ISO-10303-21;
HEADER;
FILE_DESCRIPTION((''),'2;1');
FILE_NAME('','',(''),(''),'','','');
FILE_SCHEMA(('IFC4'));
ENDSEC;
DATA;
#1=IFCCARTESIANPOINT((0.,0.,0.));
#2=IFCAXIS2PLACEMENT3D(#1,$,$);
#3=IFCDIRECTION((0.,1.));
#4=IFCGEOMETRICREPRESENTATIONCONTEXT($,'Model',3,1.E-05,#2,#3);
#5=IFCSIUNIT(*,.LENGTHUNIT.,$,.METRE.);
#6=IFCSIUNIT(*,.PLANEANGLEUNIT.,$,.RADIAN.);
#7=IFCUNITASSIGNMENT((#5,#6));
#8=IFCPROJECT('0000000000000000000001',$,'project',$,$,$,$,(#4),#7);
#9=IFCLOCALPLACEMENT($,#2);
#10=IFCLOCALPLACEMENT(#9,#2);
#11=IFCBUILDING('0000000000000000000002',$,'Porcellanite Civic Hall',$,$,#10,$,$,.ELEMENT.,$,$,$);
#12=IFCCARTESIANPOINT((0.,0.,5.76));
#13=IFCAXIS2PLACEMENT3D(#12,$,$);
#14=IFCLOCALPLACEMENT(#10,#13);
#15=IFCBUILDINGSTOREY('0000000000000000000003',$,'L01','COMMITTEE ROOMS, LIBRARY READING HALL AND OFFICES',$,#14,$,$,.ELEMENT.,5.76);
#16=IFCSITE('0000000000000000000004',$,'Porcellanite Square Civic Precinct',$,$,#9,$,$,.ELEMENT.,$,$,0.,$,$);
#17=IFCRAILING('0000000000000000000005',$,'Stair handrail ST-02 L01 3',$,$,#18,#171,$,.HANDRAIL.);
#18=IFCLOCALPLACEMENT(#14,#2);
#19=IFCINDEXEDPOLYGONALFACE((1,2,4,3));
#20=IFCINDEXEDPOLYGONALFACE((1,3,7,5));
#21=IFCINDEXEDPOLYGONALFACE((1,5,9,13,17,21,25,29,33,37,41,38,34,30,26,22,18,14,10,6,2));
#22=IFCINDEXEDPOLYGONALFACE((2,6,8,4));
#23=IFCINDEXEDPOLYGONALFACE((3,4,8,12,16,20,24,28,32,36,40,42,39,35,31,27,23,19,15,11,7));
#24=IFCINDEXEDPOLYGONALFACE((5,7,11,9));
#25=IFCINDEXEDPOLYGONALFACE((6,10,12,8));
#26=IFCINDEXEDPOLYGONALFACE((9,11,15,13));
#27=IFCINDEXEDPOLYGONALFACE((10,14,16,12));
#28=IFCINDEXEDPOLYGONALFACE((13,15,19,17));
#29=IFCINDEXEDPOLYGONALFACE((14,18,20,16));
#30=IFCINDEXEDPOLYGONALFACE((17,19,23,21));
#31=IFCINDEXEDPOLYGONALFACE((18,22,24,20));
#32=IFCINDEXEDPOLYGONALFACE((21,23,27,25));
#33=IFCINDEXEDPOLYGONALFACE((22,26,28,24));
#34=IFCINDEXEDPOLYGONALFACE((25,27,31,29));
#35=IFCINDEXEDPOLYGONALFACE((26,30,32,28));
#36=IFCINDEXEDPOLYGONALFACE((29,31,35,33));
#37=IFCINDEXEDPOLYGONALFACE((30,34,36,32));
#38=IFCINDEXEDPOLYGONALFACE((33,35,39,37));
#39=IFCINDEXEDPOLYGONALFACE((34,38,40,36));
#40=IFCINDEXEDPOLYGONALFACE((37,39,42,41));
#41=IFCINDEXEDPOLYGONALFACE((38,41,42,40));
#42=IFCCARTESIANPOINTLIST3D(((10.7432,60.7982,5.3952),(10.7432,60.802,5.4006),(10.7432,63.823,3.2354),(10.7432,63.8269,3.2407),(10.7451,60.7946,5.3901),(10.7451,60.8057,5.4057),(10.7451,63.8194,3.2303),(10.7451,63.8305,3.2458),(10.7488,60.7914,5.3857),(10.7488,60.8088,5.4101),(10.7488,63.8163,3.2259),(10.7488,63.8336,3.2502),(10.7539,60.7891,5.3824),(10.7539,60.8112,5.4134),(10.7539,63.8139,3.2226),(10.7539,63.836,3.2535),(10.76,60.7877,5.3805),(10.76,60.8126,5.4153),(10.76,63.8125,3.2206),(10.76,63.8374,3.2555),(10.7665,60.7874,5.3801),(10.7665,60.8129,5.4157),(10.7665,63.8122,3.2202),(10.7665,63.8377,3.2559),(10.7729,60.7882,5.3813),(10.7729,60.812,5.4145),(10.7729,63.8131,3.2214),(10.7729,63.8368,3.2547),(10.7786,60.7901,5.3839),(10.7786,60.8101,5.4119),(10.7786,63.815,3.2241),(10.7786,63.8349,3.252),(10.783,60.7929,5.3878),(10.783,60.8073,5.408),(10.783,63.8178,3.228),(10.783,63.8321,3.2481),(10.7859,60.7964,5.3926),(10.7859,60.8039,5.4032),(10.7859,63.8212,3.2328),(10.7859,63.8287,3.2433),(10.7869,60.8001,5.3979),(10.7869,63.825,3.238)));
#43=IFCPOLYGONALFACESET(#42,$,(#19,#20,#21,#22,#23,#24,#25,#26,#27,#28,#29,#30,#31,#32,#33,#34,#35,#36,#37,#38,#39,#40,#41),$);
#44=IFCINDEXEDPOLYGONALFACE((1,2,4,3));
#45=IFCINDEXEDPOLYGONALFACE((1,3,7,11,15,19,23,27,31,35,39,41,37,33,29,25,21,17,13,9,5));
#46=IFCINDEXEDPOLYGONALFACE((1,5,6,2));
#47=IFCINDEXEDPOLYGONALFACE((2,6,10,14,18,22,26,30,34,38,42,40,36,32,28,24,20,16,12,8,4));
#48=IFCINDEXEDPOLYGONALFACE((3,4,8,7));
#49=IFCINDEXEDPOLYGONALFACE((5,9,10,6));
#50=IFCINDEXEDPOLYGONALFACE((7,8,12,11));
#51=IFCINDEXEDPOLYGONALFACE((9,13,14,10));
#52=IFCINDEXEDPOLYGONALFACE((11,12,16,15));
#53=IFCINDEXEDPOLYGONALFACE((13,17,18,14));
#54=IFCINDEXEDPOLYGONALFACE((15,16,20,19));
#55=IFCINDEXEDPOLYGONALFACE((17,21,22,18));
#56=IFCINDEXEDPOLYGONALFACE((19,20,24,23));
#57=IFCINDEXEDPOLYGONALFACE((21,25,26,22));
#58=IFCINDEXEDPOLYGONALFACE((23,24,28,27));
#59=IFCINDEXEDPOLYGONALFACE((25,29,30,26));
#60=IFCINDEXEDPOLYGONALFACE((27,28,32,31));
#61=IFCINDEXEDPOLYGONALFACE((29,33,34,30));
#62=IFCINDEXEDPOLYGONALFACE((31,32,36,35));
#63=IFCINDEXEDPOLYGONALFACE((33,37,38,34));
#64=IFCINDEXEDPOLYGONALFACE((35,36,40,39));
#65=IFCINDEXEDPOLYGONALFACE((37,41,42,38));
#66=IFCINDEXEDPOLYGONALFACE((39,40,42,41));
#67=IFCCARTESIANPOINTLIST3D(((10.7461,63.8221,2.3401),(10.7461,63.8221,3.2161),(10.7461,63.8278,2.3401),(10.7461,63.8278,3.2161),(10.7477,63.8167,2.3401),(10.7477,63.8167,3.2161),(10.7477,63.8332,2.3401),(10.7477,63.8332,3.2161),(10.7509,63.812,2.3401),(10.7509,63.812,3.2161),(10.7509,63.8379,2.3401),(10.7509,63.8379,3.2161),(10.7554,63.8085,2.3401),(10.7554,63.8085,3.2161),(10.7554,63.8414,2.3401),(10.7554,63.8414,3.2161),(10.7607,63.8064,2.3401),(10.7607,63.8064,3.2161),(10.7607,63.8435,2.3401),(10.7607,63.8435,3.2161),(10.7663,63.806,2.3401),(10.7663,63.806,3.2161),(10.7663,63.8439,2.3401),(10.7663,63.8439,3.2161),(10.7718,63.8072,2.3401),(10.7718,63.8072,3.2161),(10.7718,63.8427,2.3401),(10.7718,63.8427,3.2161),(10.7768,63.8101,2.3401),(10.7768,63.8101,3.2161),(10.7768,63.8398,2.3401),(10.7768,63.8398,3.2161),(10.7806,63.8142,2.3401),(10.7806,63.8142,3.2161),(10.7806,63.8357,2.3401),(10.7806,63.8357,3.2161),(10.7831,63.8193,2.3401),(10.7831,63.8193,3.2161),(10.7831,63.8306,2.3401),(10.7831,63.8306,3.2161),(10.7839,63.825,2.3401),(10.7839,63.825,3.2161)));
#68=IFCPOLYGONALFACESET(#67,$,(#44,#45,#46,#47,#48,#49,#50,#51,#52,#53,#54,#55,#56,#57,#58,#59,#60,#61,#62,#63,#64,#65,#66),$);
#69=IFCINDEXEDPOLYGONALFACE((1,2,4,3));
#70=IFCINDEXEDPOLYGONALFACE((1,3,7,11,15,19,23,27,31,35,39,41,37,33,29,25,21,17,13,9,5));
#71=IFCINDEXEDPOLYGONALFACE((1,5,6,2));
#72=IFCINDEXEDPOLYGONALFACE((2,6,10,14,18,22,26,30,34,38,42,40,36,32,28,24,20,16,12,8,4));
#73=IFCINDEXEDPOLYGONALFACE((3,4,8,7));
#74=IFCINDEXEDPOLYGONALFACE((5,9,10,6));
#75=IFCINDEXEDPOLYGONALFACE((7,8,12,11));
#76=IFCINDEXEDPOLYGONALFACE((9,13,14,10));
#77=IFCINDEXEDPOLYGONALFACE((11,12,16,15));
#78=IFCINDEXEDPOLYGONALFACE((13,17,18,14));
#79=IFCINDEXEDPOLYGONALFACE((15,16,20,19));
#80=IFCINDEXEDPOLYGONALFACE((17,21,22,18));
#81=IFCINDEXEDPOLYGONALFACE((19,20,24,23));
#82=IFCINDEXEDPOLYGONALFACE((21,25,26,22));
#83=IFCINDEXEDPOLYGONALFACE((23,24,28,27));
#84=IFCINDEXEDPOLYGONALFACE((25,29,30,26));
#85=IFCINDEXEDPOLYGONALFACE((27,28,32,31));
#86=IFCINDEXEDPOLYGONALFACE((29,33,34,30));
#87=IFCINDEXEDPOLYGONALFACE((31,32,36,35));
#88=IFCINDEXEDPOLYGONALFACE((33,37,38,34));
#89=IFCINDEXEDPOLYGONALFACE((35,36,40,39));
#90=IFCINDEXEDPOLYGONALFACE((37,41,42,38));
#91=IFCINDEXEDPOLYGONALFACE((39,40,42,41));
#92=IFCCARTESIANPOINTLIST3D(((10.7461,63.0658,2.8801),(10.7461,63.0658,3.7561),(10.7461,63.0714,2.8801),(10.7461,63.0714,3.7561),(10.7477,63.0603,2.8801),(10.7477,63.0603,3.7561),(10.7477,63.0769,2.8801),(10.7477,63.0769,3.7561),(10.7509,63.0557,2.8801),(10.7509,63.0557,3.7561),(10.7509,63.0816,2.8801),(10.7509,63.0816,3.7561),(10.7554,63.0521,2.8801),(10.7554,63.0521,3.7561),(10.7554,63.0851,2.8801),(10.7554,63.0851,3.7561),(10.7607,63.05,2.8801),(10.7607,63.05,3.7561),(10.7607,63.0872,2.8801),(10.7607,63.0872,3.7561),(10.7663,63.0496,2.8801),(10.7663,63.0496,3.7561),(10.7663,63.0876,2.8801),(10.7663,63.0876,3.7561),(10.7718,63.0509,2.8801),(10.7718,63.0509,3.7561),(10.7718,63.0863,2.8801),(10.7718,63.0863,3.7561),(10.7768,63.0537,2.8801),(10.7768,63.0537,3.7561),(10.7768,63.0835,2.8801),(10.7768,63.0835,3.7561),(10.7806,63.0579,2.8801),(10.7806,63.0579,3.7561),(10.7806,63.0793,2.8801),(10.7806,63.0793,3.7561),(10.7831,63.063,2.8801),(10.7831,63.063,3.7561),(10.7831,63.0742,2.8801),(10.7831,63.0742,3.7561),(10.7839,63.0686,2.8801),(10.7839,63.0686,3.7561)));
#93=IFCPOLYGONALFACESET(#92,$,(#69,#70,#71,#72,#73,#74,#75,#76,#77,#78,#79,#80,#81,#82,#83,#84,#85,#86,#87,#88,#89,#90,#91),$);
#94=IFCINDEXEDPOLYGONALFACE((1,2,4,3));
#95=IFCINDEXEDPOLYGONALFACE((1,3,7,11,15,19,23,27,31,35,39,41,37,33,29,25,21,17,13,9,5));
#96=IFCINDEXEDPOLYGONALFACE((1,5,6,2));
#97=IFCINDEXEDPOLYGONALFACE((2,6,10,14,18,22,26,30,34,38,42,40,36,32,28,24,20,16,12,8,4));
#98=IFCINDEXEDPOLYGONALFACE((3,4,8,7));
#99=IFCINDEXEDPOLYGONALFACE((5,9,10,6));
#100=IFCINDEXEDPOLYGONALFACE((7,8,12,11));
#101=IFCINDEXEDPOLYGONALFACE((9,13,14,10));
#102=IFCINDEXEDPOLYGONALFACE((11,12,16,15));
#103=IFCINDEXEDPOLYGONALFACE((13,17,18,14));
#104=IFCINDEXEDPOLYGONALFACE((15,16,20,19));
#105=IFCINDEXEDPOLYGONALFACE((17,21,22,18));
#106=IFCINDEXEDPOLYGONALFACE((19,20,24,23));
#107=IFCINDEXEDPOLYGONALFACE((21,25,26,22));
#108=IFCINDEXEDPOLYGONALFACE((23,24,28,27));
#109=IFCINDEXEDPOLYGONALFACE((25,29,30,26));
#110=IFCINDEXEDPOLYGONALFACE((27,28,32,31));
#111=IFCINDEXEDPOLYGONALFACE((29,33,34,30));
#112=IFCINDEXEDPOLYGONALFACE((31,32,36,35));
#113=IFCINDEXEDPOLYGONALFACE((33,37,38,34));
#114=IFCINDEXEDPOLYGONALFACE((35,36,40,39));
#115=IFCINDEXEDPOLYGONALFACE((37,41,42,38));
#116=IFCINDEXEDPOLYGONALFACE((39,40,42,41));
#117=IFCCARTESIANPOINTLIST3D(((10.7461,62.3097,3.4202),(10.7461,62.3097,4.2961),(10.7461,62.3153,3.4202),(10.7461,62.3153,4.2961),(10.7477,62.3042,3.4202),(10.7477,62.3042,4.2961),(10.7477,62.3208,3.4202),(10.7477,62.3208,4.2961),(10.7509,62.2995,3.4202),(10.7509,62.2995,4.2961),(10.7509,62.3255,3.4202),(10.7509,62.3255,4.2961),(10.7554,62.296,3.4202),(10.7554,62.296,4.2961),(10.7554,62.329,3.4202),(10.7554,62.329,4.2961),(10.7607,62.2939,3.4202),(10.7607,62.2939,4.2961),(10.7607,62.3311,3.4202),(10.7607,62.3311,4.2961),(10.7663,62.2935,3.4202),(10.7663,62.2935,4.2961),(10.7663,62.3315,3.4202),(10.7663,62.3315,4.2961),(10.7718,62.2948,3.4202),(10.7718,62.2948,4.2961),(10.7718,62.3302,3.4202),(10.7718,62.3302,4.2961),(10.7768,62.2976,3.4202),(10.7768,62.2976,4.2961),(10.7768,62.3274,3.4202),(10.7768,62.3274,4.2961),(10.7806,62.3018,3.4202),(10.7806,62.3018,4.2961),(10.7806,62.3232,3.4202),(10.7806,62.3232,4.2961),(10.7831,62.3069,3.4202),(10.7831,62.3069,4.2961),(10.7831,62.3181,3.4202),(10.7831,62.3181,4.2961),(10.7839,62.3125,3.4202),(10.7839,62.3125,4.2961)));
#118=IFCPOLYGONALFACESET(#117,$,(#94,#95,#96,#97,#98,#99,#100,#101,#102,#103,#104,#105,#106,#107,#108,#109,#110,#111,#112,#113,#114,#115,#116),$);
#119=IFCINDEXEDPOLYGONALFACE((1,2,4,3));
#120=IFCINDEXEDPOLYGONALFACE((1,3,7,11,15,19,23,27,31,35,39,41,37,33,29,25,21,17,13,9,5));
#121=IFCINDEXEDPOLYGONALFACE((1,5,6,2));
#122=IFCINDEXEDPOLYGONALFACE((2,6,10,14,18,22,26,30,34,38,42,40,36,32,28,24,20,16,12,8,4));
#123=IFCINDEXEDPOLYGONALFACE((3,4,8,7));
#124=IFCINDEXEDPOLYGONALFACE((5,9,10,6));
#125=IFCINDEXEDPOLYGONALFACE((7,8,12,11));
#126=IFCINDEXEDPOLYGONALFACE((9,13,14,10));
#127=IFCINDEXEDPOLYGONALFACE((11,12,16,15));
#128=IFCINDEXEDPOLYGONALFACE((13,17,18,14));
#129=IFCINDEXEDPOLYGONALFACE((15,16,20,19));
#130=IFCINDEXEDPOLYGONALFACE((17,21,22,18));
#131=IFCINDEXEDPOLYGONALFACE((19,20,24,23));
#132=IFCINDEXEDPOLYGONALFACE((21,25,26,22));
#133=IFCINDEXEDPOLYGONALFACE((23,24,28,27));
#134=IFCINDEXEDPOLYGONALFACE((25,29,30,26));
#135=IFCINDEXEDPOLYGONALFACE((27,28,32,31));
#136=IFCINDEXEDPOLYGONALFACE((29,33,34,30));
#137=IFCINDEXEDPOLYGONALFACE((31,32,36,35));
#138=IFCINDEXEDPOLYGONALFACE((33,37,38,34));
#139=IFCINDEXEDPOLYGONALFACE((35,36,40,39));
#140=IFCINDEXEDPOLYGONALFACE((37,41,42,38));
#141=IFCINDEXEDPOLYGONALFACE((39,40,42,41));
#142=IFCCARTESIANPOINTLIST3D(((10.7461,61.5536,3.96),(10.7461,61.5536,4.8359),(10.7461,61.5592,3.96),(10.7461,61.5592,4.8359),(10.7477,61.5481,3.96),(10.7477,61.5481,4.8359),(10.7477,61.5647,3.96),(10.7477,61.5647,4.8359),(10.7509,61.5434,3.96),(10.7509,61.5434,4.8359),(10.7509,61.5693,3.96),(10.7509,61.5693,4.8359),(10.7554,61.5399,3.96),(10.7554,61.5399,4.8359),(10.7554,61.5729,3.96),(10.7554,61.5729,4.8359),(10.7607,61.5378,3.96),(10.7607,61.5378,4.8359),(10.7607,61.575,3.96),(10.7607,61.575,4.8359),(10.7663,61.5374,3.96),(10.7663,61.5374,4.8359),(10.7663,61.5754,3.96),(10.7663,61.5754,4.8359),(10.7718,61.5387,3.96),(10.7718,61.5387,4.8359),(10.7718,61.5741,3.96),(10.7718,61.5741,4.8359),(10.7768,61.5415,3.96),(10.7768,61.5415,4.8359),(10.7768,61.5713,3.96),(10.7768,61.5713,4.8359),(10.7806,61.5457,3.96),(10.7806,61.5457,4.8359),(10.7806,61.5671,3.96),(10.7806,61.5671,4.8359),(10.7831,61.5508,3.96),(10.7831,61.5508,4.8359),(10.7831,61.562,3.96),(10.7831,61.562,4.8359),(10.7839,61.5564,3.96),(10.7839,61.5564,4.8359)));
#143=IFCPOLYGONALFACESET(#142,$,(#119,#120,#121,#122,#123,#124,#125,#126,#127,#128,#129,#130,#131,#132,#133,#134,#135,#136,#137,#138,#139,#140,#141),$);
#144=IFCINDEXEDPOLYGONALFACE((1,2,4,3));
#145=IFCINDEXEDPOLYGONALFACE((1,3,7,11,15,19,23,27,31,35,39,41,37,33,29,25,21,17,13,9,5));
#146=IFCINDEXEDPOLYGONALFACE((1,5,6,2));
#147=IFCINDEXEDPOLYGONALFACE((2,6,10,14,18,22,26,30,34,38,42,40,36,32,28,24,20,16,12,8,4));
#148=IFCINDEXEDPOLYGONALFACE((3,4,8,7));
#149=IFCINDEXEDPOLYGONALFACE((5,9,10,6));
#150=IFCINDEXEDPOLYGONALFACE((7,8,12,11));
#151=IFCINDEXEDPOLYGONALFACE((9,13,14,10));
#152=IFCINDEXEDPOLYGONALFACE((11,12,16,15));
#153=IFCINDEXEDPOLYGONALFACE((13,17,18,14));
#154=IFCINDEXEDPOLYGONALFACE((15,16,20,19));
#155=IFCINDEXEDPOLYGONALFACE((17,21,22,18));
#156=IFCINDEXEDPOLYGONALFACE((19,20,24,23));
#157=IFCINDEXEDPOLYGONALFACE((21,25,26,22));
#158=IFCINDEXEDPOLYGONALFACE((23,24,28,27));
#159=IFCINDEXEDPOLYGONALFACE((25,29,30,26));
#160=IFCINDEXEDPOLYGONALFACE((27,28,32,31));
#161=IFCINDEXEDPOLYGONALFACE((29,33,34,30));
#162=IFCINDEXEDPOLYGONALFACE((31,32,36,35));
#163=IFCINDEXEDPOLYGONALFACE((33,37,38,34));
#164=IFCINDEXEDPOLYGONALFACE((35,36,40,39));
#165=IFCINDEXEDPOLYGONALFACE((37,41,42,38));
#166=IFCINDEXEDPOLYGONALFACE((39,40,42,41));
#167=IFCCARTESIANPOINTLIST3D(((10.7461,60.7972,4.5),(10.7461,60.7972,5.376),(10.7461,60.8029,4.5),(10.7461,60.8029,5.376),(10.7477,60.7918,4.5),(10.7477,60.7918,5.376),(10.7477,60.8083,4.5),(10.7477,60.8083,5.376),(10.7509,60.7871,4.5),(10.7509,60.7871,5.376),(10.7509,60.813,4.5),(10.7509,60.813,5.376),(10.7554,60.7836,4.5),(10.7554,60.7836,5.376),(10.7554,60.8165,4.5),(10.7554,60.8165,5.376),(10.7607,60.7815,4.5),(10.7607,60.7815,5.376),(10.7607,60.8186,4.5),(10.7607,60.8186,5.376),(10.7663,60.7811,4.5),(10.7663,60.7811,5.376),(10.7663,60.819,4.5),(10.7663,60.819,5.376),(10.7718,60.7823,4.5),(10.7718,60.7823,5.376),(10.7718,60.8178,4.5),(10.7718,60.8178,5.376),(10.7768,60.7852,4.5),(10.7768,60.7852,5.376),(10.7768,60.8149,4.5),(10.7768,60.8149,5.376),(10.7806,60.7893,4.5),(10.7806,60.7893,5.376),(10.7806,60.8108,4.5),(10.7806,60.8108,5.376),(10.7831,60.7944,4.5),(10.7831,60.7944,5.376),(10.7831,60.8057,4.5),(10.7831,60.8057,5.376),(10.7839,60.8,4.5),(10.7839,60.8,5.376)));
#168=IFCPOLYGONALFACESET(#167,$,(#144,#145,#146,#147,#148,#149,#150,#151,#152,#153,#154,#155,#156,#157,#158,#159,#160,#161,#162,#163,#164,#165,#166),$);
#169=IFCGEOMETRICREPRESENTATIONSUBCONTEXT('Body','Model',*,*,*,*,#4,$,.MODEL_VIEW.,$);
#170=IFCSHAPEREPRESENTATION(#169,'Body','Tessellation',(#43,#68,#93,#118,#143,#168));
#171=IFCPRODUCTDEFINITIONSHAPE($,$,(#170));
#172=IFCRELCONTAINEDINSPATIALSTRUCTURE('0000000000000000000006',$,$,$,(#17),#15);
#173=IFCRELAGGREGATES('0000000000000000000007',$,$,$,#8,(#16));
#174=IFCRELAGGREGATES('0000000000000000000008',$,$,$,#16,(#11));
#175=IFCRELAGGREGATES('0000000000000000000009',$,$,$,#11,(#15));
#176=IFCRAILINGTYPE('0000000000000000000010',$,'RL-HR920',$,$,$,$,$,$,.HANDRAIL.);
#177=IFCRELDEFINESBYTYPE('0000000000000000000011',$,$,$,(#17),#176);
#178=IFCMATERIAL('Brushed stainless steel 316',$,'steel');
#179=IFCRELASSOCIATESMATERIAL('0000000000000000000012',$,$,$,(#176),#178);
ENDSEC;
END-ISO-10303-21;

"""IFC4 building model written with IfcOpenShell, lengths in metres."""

from ifc_helpers import new_model, si_unit, direction, frame, origin, origin_2d, place, context, subcontext, project, spatial, circle, extrude, material, type_object, element, save


model = new_model("IFC4")

# Units and contexts
model_context = context("Model", 3, precision=1e-05, world=origin(), true_north=direction((0.0, 1.0)))
body_context = subcontext(model_context, "Body", "Model", "MODEL_VIEW")
ifc_project = project(units=[si_unit("LENGTHUNIT", "METRE"), si_unit("PLANEANGLEUNIT", "RADIAN")], contexts=[model_context])

# Site, building, storey
site_placement = place(None, origin())
site = spatial("IfcSite", under=ifc_project, at=site_placement, Name="Porcellanite Square Civic Precinct", CompositionType="ELEMENT", RefElevation=0.0)
building_placement = place(site_placement, origin())
building = spatial("IfcBuilding", under=site, at=building_placement, Name="Porcellanite Civic Hall", CompositionType="ELEMENT")
storey_placement = place(building_placement, frame((0.0, 0.0, 5.76)))
storey = spatial("IfcBuildingStorey", under=building, at=storey_placement, Name="L01", Description="COMMITTEE ROOMS, LIBRARY READING HALL AND OFFICES", CompositionType="ELEMENT", Elevation=5.76)

# Railing
ifc_material_1 = material(Name="Brushed stainless steel 316", Category="steel")
railing_type_1 = type_object("IfcRailingType", Name="RL-HR920", PredefinedType="HANDRAIL", material=ifc_material_1)
railing_1_placement = place(storey_placement, frame((10.7649, 63.825, 2.3401)))
element("IfcRailing", 1, at=railing_1_placement, inside=storey, type_object=railing_type_1, Name="Stair handrail ST-02 L01 3", PredefinedType="HANDRAIL", context=body_context, shape_type="SweptSolid", body=[
    extrude(circle(Radius=0.022, at=origin_2d()), frame((0.0, 0.0, 0.8979), z_axis=(0.0, -0.813827, 0.581108), x_axis=(1.0, 0.0, 0.0)), (0.0, 0.0, 1.0), 3.7168),
    extrude(circle(Radius=0.019, at=origin_2d()), origin(), (0.0, 0.0, 1.0), 0.876),
    extrude(circle(Radius=0.019, at=origin_2d()), frame((0.0, -0.7563, 0.54)), (0.0, 0.0, 1.0), 0.876),
    extrude(circle(Radius=0.019, at=origin_2d()), frame((0.0, -1.5125, 1.0801)), (0.0, 0.0, 1.0), 0.876),
    extrude(circle(Radius=0.019, at=origin_2d()), frame((0.0, -2.2686, 1.6199)), (0.0, 0.0, 1.0), 0.876),
    extrude(circle(Radius=0.019, at=origin_2d()), frame((0.0, -3.0249, 2.1599)), (0.0, 0.0, 1.0), 0.876),
])

save(model, "model.ifc")
